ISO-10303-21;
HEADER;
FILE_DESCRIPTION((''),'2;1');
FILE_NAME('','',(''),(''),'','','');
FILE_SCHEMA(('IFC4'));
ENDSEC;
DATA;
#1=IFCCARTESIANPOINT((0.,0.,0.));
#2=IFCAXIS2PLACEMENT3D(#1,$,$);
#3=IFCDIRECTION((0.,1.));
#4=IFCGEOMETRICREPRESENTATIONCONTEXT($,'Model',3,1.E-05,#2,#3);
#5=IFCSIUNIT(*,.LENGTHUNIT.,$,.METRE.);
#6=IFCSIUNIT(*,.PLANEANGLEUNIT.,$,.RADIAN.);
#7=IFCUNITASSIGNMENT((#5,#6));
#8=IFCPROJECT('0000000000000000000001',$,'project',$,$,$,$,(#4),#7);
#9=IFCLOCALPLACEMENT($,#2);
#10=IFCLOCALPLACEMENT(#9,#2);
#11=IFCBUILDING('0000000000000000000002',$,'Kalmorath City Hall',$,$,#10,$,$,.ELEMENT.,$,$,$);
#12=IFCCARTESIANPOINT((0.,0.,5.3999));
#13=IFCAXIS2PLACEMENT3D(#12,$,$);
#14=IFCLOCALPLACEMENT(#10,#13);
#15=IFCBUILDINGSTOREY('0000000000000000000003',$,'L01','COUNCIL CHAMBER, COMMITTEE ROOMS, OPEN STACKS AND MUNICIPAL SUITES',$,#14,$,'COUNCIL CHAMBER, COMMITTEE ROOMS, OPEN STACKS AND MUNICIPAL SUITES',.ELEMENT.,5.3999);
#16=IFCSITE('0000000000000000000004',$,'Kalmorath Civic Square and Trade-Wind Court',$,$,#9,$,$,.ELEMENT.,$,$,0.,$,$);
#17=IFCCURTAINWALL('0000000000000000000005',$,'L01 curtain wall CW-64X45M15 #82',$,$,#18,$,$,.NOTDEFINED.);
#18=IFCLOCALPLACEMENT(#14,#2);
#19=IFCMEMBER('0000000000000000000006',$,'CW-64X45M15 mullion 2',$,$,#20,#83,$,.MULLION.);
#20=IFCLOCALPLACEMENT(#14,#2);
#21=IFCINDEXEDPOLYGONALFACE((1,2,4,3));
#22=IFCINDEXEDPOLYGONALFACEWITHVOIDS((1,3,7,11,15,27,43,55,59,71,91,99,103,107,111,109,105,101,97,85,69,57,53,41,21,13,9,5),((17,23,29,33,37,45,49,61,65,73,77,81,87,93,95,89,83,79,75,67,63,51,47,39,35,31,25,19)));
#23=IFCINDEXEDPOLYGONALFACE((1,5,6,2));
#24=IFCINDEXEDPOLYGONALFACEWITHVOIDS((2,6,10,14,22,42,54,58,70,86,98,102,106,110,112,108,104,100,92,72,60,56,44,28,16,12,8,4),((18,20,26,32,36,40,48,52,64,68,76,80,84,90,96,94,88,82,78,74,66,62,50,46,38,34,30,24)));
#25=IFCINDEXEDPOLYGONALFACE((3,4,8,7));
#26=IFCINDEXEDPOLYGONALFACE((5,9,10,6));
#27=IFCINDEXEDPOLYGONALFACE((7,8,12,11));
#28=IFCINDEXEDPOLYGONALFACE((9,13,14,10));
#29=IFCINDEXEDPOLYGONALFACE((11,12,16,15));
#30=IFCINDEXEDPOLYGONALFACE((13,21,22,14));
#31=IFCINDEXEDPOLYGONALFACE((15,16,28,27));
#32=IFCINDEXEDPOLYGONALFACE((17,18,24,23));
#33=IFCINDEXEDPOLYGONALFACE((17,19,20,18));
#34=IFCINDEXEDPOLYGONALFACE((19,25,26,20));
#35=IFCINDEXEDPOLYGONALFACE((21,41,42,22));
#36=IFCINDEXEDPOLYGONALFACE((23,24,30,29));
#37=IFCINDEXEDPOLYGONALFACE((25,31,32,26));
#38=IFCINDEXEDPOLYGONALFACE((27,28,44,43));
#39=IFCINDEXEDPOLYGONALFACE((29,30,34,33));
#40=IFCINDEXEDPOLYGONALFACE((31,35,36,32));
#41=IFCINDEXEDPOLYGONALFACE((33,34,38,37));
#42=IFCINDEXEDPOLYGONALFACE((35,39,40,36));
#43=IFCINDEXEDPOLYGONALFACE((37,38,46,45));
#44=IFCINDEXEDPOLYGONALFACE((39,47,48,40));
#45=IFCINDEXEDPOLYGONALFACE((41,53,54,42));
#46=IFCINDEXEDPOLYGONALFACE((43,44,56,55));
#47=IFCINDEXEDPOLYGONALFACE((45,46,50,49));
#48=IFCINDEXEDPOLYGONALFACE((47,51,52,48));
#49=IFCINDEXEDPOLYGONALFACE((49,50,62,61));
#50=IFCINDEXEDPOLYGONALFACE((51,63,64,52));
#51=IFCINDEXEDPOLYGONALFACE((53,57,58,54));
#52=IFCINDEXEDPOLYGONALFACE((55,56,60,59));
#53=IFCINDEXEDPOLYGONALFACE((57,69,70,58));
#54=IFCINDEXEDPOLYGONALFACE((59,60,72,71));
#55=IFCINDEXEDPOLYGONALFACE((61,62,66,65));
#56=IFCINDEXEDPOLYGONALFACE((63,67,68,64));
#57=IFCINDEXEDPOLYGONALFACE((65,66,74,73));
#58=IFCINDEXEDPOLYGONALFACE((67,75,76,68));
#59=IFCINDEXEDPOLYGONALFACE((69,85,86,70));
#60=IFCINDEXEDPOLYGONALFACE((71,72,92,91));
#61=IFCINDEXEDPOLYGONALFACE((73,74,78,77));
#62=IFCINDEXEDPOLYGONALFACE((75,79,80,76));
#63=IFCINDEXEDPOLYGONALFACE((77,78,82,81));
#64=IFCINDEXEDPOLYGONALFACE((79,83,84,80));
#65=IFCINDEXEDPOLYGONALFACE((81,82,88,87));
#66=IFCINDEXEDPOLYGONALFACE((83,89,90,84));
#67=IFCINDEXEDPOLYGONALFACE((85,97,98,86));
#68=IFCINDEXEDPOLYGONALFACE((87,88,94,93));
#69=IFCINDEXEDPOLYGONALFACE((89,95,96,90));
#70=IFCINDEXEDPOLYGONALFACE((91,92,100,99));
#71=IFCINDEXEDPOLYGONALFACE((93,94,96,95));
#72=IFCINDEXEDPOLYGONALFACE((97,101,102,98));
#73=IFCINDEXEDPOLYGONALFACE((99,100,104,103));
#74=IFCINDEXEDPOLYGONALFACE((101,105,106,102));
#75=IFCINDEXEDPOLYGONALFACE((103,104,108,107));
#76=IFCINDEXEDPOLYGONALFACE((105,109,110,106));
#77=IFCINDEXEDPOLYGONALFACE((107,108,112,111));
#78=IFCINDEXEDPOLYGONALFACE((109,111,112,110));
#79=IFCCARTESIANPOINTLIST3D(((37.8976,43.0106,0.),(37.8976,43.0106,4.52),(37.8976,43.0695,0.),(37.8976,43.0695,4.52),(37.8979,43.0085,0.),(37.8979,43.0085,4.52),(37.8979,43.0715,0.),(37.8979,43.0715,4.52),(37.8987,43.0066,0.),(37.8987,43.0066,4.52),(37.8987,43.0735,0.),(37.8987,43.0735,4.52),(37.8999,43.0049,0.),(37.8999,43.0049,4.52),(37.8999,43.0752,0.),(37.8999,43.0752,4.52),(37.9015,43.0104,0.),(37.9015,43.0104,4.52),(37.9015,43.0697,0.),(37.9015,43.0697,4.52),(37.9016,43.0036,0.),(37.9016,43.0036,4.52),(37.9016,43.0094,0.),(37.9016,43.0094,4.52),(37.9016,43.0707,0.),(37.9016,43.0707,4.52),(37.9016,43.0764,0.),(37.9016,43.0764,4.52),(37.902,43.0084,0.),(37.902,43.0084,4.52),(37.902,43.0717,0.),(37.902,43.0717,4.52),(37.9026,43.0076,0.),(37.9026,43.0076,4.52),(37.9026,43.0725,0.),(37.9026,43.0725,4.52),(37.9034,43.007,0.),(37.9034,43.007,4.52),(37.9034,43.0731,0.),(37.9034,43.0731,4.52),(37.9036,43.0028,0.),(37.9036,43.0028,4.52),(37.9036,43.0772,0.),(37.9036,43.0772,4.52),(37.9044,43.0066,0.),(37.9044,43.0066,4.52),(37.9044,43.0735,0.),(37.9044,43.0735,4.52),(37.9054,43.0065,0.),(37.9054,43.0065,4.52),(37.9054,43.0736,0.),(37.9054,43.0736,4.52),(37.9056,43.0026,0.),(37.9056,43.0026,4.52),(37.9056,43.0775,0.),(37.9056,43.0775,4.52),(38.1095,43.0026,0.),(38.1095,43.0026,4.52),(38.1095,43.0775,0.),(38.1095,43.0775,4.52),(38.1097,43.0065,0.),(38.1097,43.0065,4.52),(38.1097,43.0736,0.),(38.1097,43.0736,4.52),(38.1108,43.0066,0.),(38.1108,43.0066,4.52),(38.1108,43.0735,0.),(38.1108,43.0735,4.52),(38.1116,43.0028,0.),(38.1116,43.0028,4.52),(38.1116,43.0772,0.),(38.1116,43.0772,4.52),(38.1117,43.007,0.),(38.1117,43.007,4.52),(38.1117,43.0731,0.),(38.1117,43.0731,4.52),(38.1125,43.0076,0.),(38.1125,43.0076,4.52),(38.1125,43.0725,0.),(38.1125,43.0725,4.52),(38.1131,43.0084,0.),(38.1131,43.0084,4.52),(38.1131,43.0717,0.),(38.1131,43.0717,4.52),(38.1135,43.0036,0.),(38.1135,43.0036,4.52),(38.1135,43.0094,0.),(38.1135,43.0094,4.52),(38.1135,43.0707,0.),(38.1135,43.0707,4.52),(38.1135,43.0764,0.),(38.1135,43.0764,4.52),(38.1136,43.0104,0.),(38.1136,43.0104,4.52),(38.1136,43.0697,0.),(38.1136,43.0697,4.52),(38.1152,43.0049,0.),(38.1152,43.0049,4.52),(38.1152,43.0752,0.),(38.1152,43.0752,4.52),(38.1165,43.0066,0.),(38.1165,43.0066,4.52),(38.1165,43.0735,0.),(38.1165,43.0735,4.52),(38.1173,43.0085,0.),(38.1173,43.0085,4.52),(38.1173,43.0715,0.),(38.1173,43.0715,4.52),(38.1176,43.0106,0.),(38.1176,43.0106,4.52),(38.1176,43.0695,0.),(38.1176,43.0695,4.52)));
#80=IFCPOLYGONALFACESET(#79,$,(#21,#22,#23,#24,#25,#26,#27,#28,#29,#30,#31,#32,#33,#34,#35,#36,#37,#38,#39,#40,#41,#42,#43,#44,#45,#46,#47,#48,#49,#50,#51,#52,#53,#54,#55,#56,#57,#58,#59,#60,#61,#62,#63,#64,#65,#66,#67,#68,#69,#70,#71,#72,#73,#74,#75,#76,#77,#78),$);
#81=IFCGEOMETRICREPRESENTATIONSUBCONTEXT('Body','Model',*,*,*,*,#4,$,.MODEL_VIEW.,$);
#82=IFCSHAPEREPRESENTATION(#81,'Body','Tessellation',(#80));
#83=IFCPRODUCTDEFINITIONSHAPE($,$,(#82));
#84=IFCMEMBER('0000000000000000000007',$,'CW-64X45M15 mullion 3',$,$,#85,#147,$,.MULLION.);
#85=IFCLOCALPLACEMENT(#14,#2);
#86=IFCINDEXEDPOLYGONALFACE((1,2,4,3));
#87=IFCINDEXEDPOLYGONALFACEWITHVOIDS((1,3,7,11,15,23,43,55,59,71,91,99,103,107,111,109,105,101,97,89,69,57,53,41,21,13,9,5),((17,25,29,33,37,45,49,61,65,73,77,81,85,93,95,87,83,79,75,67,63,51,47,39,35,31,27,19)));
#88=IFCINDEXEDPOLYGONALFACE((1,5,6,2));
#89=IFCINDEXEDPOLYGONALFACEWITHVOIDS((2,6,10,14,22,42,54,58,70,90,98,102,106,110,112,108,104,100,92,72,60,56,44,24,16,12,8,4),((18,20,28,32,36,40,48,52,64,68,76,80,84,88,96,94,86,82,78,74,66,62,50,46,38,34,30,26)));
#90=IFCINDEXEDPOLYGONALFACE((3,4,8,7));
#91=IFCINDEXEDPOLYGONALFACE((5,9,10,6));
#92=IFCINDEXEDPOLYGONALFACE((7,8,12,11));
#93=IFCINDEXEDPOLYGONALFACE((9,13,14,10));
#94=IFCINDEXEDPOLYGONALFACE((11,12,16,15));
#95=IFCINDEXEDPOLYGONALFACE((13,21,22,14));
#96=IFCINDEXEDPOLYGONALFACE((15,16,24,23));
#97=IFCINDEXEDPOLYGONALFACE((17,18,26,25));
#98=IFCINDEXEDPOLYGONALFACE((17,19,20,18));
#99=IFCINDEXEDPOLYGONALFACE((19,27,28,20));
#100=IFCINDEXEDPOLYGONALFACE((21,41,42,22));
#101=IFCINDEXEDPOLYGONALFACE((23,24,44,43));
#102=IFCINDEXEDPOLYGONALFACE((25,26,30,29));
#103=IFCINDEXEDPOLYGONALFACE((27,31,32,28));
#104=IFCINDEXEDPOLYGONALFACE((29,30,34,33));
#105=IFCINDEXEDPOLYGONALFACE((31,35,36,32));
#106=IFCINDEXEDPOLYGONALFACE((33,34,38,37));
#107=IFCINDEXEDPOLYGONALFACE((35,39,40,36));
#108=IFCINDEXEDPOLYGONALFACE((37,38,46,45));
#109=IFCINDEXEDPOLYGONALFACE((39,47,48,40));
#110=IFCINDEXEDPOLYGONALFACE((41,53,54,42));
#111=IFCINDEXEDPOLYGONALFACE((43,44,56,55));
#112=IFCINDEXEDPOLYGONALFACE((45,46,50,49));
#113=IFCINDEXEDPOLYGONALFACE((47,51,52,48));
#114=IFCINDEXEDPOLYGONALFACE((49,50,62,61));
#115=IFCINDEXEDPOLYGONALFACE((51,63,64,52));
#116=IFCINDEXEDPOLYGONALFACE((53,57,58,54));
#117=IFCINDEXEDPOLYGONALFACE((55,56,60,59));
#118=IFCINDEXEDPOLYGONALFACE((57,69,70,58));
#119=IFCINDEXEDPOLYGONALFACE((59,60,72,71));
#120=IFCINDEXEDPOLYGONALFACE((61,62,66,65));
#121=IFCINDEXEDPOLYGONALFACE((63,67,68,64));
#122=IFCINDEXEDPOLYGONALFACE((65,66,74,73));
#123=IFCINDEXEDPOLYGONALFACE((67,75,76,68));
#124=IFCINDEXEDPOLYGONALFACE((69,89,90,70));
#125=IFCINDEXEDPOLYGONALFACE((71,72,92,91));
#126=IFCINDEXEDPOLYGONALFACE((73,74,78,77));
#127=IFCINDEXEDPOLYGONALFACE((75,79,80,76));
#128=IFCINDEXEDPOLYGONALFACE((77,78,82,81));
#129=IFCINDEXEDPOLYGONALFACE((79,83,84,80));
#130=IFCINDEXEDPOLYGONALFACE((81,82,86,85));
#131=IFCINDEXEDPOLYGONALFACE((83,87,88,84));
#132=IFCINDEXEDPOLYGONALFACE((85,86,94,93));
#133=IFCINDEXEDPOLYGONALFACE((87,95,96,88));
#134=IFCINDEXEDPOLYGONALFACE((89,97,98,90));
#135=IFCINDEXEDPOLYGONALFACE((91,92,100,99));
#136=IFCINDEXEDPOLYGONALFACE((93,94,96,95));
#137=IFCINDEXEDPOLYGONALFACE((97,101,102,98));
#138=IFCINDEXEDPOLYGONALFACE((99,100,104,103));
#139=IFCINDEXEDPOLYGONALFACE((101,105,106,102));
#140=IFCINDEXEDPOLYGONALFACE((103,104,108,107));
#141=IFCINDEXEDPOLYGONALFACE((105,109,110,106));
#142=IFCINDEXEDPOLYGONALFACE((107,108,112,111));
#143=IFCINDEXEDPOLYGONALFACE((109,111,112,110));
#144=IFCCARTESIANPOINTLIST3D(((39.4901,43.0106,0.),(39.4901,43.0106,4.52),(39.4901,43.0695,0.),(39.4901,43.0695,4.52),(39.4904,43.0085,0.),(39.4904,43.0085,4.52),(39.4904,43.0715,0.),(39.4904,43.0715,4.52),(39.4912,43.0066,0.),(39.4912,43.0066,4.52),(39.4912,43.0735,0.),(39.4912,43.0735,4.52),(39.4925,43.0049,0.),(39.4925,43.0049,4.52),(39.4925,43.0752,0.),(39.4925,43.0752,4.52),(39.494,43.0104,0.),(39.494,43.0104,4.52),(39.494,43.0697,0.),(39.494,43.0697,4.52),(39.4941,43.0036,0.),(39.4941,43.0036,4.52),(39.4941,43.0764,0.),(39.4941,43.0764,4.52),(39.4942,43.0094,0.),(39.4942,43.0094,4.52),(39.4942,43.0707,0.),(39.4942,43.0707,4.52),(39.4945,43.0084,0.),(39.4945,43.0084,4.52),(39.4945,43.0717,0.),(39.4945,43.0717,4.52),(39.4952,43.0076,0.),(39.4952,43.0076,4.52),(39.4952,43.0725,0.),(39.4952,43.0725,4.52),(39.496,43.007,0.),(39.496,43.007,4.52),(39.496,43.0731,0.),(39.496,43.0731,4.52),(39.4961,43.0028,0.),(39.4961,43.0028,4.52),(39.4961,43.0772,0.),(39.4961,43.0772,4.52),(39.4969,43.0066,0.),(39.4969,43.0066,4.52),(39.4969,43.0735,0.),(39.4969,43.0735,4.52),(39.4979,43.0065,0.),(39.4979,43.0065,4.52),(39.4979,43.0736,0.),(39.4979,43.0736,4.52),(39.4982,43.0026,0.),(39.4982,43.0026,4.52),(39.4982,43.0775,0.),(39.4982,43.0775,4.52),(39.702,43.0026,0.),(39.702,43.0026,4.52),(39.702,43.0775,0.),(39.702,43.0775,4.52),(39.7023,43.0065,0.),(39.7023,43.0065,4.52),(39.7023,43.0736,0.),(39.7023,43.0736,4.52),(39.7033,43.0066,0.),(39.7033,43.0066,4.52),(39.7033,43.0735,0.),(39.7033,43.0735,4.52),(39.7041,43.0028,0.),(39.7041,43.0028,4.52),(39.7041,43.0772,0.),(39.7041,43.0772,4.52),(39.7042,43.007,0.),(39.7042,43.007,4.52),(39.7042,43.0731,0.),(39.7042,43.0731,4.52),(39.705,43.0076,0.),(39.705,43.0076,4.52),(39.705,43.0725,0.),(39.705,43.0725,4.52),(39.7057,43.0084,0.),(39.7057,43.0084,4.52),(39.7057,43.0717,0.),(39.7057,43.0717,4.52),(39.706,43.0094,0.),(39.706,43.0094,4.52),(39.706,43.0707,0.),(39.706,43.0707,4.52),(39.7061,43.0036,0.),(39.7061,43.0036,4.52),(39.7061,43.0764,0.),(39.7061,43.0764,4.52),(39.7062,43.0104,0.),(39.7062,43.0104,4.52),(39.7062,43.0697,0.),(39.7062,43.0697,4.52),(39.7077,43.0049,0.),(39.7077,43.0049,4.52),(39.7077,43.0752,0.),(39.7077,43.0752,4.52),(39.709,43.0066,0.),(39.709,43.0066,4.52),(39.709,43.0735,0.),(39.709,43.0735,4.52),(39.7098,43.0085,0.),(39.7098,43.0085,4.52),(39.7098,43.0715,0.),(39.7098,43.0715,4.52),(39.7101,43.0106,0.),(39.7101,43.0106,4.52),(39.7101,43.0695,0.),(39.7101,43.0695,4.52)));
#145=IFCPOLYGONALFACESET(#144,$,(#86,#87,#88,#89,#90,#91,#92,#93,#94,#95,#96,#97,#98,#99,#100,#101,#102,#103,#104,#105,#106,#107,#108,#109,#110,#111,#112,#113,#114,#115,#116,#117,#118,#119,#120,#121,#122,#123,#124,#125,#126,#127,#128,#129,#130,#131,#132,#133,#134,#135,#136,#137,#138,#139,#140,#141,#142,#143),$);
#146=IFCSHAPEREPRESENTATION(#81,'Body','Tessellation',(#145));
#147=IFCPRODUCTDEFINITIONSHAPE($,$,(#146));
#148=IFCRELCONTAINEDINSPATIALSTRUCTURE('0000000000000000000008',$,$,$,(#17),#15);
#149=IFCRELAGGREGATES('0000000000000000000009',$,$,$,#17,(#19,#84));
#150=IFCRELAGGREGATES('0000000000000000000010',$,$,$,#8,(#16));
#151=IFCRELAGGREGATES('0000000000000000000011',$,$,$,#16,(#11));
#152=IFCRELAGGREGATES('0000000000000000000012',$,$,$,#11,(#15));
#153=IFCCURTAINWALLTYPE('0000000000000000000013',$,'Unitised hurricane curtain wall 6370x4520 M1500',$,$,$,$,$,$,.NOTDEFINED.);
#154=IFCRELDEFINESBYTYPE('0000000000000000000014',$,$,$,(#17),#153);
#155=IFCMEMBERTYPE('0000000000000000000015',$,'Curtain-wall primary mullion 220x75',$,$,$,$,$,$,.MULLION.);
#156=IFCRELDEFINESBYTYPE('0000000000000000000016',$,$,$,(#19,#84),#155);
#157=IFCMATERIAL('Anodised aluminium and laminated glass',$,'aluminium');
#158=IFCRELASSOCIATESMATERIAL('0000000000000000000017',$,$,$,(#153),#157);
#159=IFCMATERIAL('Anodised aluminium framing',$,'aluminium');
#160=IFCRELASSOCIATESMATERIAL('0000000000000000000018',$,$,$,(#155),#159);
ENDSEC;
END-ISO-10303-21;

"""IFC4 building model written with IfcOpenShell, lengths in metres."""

from ifc_helpers import new_model, si_unit, direction, frame, origin, origin_2d, place, context, subcontext, project, spatial, hollow_rectangle, extrude, material, material_profile, profile_set, type_object, element, aggregate, save


model = new_model("IFC4")

# Units and contexts
model_context = context("Model", 3, precision=1e-05, world=origin(), true_north=direction((0.0, 1.0)))
body_context = subcontext(model_context, "Body", "Model", "MODEL_VIEW")
ifc_project = project(units=[si_unit("LENGTHUNIT", "METRE"), si_unit("PLANEANGLEUNIT", "RADIAN")], contexts=[model_context])

# Site, building, storey
site_placement = place(None, origin())
site = spatial("IfcSite", under=ifc_project, at=site_placement, Name="Kalmorath Civic Square and Trade-Wind Court", CompositionType="ELEMENT", RefElevation=0.0)
building_placement = place(site_placement, origin())
building = spatial("IfcBuilding", under=site, at=building_placement, Name="Kalmorath City Hall", CompositionType="ELEMENT")
storey_placement = place(building_placement, frame((0.0, 0.0, 5.3999)))
storey = spatial("IfcBuildingStorey", under=building, at=storey_placement, Name="L01", Description="COUNCIL CHAMBER, COMMITTEE ROOMS, OPEN STACKS AND MUNICIPAL SUITES", LongName="COUNCIL CHAMBER, COMMITTEE ROOMS, OPEN STACKS AND MUNICIPAL SUITES", CompositionType="ELEMENT", Elevation=5.3999)

# Curtain wall, members
ifc_material_1 = material(Name="Anodised aluminium and laminated glass", Category="aluminium")
curtain_wall_type = type_object("IfcCurtainWallType", Name="Unitised hurricane curtain wall 6370x4520 M1500", PredefinedType="NOTDEFINED", material=ifc_material_1)
curtain_wall_placement = place(storey_placement, origin())
curtain_wall = element("IfcCurtainWall", 1, at=curtain_wall_placement, inside=storey, type_object=curtain_wall_type, Name="L01 curtain wall CW-64X45M15 #82", PredefinedType="NOTDEFINED")
ifc_material_2 = material(Name="Anodised aluminium framing", Category="aluminium")
ifc_material_profile_1 = material_profile(ifc_material_2, hollow_rectangle(XDim=0.075, YDim=0.22, WallThickness=0.0039, InnerFilletRadius=0.0039, OuterFilletRadius=0.0081, at=origin_2d()), Name="ALU-MUL-220X75X4")
ifc_profile_set_1 = profile_set([ifc_material_profile_1], Name="Anodised aluminium framing")
member_type_1 = type_object("IfcMemberType", Name="Curtain-wall primary mullion 220x75", PredefinedType="MULLION", material=ifc_profile_set_1)
member_1_placement = place(storey_placement, frame((38.0076, 43.04, 0.0), z_axis=(0.0, 0.0, 1.0), x_axis=(0.0, 1.0, 0.0)))
member_1 = element("IfcMember", 2, at=member_1_placement, type_object=member_type_1, Name="CW-64X45M15 mullion 2", PredefinedType="MULLION", context=body_context, shape_type="SweptSolid", body=[
    extrude(hollow_rectangle(XDim=0.075, YDim=0.22, WallThickness=0.0039, InnerFilletRadius=0.0039, OuterFilletRadius=0.0081, at=origin_2d()), origin(), (0.0, 0.0, 1.0), 4.52),
])
member_2_placement = place(storey_placement, frame((39.6001, 43.04, 0.0), z_axis=(0.0, 0.0, 1.0), x_axis=(0.0, 1.0, 0.0)))
member_2 = element("IfcMember", 3, at=member_2_placement, type_object=member_type_1, Name="CW-64X45M15 mullion 3", PredefinedType="MULLION", context=body_context, shape_type="SweptSolid", body=[
    extrude(hollow_rectangle(XDim=0.075, YDim=0.22, WallThickness=0.0039, InnerFilletRadius=0.0039, OuterFilletRadius=0.0081, at=origin_2d()), origin(), (0.0, 0.0, 1.0), 4.52),
])
aggregate(curtain_wall, [member_1, member_2])

save(model, "model.ifc")
